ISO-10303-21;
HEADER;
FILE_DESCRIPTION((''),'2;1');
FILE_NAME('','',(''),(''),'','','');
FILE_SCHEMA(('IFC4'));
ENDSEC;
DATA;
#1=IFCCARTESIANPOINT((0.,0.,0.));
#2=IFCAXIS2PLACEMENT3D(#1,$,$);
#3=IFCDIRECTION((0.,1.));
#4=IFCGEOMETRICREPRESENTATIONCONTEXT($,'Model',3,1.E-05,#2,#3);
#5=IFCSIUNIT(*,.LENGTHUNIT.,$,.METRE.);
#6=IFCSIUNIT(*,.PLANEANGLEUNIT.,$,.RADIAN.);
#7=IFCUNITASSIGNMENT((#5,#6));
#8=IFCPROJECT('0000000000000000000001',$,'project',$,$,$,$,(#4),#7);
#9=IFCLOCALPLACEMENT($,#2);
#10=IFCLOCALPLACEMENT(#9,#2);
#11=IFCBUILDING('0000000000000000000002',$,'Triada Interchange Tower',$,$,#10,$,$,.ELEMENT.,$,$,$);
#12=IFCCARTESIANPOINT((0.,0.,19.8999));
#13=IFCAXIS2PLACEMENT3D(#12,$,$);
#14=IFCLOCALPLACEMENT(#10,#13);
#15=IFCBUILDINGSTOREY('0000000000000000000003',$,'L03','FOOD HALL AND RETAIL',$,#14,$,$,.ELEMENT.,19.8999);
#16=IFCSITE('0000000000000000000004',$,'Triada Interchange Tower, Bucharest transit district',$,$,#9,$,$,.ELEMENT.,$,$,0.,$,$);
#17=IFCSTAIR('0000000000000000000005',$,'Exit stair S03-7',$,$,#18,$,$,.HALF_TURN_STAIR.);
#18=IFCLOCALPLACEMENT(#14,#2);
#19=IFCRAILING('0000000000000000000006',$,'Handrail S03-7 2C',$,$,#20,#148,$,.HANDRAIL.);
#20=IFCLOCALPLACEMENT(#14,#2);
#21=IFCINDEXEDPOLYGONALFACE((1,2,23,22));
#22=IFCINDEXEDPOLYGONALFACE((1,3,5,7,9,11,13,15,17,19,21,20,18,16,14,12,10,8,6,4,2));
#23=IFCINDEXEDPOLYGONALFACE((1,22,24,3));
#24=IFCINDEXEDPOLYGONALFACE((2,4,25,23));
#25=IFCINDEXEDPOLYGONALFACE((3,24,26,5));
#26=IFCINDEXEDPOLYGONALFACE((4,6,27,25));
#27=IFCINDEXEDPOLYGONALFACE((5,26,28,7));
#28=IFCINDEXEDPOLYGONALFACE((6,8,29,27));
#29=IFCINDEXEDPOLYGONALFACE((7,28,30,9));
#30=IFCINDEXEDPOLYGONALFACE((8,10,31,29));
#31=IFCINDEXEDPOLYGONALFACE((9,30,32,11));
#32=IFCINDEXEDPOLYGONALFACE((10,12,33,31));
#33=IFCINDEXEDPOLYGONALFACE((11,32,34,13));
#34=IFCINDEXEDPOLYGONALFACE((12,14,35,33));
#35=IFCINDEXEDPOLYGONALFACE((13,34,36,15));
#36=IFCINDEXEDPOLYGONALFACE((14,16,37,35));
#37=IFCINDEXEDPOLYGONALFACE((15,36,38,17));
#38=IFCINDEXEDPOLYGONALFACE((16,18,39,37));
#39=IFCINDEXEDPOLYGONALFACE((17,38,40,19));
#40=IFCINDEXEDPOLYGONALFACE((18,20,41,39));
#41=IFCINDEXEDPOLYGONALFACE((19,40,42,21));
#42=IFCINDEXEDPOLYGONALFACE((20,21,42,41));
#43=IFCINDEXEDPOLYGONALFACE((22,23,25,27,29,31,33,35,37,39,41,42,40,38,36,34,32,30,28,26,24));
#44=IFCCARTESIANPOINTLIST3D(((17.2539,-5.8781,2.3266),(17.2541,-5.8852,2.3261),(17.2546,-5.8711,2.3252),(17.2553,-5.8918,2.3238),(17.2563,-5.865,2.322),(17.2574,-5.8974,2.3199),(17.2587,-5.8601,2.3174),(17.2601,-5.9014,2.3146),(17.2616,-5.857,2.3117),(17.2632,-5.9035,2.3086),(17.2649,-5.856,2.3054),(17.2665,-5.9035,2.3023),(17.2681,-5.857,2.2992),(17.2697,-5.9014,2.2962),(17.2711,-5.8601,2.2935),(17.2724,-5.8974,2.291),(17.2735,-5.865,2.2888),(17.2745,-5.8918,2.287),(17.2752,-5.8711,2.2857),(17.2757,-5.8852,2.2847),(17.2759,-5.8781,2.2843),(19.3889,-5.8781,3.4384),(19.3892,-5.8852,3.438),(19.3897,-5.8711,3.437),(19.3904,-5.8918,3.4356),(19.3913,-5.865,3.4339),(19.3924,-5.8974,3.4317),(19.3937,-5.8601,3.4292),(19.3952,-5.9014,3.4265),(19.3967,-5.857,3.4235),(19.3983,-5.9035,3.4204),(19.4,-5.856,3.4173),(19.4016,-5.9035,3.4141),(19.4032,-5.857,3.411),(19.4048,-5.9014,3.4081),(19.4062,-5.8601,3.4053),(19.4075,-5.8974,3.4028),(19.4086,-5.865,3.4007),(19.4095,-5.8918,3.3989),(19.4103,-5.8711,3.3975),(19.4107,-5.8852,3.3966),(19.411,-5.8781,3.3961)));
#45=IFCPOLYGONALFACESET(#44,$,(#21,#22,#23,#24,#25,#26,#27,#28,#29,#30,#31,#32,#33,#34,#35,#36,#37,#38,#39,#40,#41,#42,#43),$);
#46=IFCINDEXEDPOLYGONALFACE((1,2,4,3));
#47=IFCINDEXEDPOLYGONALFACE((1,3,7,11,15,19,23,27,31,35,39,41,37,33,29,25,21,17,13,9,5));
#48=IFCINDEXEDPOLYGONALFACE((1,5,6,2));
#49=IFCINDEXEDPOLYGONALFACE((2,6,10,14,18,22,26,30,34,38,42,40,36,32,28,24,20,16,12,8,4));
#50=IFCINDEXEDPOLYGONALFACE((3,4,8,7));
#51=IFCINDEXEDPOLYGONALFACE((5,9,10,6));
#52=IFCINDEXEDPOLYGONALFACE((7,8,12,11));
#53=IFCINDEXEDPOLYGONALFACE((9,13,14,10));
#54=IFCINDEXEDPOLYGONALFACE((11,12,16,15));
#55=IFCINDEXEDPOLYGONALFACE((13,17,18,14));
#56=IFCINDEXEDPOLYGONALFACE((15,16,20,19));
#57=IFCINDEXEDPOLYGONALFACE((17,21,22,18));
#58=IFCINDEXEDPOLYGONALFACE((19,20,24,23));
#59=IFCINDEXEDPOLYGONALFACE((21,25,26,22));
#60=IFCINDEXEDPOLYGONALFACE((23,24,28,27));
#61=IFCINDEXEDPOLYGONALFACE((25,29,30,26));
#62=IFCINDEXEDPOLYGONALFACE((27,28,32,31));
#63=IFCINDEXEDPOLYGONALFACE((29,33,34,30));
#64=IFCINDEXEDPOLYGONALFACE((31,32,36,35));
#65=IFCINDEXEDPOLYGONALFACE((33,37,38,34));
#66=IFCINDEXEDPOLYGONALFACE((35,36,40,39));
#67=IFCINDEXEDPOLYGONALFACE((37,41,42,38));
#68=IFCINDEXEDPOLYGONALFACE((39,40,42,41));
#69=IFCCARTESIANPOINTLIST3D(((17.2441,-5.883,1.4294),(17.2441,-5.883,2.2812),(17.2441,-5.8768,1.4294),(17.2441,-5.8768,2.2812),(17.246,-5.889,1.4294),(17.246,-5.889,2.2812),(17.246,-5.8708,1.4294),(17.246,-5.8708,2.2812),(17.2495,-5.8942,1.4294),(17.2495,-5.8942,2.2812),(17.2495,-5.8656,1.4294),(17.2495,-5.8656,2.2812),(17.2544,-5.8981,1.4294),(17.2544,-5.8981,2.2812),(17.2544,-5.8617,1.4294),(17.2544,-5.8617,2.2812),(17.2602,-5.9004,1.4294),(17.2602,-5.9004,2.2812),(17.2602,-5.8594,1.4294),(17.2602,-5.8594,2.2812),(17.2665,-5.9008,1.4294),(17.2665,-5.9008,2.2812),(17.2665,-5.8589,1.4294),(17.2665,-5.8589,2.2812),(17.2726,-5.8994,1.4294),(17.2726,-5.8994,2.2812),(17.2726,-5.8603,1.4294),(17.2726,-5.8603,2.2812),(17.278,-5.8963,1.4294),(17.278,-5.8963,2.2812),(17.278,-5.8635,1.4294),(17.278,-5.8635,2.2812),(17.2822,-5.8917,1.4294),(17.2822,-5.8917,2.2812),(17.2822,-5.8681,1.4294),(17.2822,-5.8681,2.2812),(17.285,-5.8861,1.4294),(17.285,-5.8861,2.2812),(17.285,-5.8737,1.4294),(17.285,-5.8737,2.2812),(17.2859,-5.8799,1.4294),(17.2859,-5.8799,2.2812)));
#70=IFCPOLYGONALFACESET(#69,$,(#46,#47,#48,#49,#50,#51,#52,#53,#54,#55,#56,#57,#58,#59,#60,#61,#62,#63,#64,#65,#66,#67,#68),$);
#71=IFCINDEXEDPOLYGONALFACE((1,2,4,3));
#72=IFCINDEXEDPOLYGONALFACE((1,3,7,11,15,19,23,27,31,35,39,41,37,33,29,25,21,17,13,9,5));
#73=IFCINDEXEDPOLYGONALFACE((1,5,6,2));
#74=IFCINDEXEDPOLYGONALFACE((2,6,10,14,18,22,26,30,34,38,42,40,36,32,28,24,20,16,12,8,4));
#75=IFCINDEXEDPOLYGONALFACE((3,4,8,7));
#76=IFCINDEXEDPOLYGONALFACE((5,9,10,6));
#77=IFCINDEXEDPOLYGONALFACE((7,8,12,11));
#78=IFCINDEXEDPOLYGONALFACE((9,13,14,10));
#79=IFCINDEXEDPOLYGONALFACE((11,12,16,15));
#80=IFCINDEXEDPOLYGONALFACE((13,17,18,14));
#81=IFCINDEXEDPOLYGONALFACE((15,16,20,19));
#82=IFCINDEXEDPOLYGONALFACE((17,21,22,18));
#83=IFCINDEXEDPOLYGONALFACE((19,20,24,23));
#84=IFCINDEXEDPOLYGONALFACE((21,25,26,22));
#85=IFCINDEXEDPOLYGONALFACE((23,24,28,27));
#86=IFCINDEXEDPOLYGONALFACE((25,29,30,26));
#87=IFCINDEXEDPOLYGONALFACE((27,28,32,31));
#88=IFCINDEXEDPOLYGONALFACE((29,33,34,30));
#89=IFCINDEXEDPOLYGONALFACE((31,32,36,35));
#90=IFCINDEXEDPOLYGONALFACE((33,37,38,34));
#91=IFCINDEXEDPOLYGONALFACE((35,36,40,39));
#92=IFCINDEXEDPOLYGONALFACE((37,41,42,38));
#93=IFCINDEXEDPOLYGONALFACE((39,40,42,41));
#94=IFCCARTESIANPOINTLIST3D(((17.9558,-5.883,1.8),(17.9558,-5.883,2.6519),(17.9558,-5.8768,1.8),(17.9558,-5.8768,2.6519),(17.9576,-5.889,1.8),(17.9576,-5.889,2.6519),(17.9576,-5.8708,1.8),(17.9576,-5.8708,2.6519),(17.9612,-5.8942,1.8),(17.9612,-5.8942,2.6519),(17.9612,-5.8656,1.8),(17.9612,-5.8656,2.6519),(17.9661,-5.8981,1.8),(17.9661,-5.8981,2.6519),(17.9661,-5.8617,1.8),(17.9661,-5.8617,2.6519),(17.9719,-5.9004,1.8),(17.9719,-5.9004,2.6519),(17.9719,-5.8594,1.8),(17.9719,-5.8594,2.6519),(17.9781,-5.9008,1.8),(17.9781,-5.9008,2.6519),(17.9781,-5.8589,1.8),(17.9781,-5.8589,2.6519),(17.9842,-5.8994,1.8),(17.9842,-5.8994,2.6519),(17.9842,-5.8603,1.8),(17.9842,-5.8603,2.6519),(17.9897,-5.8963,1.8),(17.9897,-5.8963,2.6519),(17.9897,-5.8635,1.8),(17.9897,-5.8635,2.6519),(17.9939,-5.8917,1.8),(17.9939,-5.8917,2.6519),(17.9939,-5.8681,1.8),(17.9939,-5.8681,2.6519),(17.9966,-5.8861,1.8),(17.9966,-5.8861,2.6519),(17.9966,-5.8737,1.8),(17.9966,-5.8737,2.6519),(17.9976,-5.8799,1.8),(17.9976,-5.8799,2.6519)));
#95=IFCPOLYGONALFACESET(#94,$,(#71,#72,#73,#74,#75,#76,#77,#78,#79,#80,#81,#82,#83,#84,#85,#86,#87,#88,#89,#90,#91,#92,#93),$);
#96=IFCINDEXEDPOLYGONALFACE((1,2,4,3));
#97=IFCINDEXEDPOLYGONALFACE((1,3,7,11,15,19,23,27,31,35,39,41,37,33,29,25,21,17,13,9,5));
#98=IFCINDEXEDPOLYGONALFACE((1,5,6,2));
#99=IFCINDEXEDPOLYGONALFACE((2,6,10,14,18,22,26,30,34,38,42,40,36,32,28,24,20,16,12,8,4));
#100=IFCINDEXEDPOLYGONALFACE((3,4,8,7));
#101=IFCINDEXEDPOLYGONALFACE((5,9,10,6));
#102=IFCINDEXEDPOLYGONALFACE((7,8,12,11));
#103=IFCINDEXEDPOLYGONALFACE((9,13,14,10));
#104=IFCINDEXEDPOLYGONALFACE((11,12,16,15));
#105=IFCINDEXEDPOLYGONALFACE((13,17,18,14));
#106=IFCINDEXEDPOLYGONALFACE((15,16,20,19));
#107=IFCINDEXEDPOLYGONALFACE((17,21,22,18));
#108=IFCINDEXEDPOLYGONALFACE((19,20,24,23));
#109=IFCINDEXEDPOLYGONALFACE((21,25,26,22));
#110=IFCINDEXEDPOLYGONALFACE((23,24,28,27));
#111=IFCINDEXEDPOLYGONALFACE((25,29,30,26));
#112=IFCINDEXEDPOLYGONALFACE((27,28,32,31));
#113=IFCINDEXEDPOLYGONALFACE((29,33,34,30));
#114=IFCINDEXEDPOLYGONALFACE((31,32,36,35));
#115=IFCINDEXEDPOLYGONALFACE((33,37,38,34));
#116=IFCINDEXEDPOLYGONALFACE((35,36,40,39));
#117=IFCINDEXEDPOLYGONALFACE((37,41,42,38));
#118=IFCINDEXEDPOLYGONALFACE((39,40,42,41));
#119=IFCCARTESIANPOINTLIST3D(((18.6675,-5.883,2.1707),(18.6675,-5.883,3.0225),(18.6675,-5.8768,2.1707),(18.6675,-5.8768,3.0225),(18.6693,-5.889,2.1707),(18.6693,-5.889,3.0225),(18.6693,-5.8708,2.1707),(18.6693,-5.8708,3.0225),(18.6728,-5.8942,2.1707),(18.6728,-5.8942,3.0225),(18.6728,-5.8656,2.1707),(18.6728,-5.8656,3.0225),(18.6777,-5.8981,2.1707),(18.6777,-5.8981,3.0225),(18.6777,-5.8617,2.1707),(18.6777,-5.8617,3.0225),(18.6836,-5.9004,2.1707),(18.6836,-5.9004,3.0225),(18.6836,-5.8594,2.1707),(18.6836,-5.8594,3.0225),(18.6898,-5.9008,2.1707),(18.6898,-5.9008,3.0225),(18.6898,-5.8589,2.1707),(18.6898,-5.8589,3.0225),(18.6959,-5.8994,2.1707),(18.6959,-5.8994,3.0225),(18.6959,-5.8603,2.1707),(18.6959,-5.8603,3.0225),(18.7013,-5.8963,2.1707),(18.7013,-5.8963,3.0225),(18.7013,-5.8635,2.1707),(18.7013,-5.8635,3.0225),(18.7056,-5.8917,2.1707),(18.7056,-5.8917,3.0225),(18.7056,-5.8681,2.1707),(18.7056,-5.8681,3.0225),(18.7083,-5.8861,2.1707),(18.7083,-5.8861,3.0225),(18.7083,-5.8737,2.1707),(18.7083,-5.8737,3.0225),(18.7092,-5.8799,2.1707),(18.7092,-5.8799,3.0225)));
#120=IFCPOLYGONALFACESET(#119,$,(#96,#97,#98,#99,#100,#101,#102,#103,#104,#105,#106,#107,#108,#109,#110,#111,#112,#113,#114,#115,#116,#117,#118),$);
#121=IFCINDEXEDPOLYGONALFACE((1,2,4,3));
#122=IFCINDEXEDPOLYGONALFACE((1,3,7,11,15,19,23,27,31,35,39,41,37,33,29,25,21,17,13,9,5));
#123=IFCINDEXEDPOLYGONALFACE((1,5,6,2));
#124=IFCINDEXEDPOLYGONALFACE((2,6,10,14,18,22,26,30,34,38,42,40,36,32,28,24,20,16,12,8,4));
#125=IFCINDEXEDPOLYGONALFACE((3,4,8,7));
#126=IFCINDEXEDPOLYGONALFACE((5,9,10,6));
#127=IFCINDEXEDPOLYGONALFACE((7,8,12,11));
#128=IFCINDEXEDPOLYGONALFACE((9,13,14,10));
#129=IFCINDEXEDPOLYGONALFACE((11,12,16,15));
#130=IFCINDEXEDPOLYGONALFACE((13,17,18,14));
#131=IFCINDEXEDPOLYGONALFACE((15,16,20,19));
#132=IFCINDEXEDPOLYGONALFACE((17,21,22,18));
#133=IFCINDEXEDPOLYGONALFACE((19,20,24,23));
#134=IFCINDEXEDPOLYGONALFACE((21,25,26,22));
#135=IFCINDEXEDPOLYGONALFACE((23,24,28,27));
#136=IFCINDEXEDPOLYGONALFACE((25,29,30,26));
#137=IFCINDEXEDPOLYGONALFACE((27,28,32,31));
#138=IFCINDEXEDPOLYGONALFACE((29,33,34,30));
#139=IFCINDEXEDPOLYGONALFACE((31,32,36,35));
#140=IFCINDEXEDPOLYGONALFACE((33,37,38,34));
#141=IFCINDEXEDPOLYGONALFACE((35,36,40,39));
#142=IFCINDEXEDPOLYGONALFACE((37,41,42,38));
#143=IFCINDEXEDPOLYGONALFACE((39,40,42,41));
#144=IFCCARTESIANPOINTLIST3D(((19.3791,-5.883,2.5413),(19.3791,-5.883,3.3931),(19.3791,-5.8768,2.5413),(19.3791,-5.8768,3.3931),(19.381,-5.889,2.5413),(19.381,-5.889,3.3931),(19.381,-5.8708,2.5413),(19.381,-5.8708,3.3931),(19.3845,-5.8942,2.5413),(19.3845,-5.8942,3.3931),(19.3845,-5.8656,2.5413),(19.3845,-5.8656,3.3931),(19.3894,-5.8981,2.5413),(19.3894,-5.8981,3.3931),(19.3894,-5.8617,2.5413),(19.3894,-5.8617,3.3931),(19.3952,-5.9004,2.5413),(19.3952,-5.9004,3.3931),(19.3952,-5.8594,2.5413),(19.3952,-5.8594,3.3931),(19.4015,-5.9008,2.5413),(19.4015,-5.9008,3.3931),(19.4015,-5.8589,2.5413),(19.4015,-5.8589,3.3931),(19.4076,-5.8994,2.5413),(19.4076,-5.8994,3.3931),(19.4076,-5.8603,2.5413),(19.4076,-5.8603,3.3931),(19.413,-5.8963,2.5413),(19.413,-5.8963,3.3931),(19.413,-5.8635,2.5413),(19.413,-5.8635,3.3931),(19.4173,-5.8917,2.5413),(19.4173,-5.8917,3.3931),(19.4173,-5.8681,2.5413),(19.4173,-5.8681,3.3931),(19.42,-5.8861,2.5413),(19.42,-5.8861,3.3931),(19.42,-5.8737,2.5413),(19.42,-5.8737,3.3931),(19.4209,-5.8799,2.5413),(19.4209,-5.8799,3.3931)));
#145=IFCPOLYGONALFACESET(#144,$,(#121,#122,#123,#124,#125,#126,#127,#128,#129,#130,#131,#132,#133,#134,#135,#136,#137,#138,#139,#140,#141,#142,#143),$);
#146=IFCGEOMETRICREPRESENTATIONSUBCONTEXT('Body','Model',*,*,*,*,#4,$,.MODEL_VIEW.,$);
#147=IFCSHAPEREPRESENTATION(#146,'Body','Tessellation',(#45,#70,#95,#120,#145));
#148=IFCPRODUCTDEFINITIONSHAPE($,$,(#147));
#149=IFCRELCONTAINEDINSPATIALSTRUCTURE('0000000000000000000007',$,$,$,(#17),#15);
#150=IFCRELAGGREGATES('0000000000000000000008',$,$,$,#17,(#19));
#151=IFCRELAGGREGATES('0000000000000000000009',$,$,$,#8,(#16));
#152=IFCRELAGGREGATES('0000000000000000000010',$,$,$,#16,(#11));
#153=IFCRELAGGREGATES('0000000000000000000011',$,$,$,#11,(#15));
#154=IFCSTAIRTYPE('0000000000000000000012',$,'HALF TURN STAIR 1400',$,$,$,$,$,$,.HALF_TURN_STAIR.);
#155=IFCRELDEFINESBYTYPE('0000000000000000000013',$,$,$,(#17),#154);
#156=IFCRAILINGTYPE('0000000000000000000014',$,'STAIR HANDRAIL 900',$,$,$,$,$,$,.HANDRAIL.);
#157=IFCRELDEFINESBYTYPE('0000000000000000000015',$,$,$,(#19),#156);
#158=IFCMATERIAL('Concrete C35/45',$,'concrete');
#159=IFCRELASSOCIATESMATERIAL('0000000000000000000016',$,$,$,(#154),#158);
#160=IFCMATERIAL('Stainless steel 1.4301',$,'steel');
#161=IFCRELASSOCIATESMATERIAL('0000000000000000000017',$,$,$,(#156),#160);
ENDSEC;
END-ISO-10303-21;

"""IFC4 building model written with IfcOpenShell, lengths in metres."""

from ifc_helpers import new_model, si_unit, direction, frame, origin, origin_2d, place, context, subcontext, project, spatial, circle, extrude, material, type_object, element, aggregate, save


model = new_model("IFC4")

# Units and contexts
model_context = context("Model", 3, precision=1e-05, world=origin(), true_north=direction((0.0, 1.0)))
body_context = subcontext(model_context, "Body", "Model", "MODEL_VIEW")
ifc_project = project(units=[si_unit("LENGTHUNIT", "METRE"), si_unit("PLANEANGLEUNIT", "RADIAN")], contexts=[model_context])

# Site, building, storey
site_placement = place(None, origin())
site = spatial("IfcSite", under=ifc_project, at=site_placement, Name="Triada Interchange Tower, Bucharest transit district", CompositionType="ELEMENT", RefElevation=0.0)
building_placement = place(site_placement, origin())
building = spatial("IfcBuilding", under=site, at=building_placement, Name="Triada Interchange Tower", CompositionType="ELEMENT")
storey_placement = place(building_placement, frame((0.0, 0.0, 19.8999)))
storey = spatial("IfcBuildingStorey", under=building, at=storey_placement, Name="L03", Description="FOOD HALL AND RETAIL", CompositionType="ELEMENT", Elevation=19.8999)

# Stair, railing
ifc_material_1 = material(Name="Concrete C35/45", Category="concrete")
stair_type = type_object("IfcStairType", Name="HALF TURN STAIR 1400", PredefinedType="HALF_TURN_STAIR", material=ifc_material_1)
stair_placement = place(storey_placement, origin())
stair = element("IfcStair", 1, at=stair_placement, inside=storey, type_object=stair_type, Name="Exit stair S03-7", PredefinedType="HALF_TURN_STAIR")
ifc_material_2 = material(Name="Stainless steel 1.4301", Category="steel")
railing_type = type_object("IfcRailingType", Name="STAIR HANDRAIL 900", PredefinedType="HANDRAIL", material=ifc_material_2)
railing_1_placement = place(storey_placement, frame((17.2649, -5.8799, 1.4294)))
railing_1 = element("IfcRailing", 2, at=railing_1_placement, type_object=railing_type, Name="Handrail S03-7 2C", PredefinedType="HANDRAIL", context=body_context, shape_type="SweptSolid", body=[
    extrude(circle(Radius=0.0239, at=origin_2d()), frame((0.0, 0.0, 0.876), z_axis=(0.886943, 0.0, 0.46188), x_axis=(0.0, 1.0, 0.0)), (0.0, 0.0, 1.0), 2.4072),
    extrude(circle(Radius=0.021, at=origin_2d()), origin(), (0.0, 0.0, 1.0), 0.8518),
    extrude(circle(Radius=0.021, at=origin_2d()), frame((0.7117, 0.0, 0.3706)), (0.0, 0.0, 1.0), 0.8518),
    extrude(circle(Radius=0.021, at=origin_2d()), frame((1.4233, 0.0, 0.7412)), (0.0, 0.0, 1.0), 0.8518),
    extrude(circle(Radius=0.021, at=origin_2d()), frame((2.135, 0.0, 1.1118)), (0.0, 0.0, 1.0), 0.8518),
])
aggregate(stair, [railing_1])

save(model, "model.ifc")
